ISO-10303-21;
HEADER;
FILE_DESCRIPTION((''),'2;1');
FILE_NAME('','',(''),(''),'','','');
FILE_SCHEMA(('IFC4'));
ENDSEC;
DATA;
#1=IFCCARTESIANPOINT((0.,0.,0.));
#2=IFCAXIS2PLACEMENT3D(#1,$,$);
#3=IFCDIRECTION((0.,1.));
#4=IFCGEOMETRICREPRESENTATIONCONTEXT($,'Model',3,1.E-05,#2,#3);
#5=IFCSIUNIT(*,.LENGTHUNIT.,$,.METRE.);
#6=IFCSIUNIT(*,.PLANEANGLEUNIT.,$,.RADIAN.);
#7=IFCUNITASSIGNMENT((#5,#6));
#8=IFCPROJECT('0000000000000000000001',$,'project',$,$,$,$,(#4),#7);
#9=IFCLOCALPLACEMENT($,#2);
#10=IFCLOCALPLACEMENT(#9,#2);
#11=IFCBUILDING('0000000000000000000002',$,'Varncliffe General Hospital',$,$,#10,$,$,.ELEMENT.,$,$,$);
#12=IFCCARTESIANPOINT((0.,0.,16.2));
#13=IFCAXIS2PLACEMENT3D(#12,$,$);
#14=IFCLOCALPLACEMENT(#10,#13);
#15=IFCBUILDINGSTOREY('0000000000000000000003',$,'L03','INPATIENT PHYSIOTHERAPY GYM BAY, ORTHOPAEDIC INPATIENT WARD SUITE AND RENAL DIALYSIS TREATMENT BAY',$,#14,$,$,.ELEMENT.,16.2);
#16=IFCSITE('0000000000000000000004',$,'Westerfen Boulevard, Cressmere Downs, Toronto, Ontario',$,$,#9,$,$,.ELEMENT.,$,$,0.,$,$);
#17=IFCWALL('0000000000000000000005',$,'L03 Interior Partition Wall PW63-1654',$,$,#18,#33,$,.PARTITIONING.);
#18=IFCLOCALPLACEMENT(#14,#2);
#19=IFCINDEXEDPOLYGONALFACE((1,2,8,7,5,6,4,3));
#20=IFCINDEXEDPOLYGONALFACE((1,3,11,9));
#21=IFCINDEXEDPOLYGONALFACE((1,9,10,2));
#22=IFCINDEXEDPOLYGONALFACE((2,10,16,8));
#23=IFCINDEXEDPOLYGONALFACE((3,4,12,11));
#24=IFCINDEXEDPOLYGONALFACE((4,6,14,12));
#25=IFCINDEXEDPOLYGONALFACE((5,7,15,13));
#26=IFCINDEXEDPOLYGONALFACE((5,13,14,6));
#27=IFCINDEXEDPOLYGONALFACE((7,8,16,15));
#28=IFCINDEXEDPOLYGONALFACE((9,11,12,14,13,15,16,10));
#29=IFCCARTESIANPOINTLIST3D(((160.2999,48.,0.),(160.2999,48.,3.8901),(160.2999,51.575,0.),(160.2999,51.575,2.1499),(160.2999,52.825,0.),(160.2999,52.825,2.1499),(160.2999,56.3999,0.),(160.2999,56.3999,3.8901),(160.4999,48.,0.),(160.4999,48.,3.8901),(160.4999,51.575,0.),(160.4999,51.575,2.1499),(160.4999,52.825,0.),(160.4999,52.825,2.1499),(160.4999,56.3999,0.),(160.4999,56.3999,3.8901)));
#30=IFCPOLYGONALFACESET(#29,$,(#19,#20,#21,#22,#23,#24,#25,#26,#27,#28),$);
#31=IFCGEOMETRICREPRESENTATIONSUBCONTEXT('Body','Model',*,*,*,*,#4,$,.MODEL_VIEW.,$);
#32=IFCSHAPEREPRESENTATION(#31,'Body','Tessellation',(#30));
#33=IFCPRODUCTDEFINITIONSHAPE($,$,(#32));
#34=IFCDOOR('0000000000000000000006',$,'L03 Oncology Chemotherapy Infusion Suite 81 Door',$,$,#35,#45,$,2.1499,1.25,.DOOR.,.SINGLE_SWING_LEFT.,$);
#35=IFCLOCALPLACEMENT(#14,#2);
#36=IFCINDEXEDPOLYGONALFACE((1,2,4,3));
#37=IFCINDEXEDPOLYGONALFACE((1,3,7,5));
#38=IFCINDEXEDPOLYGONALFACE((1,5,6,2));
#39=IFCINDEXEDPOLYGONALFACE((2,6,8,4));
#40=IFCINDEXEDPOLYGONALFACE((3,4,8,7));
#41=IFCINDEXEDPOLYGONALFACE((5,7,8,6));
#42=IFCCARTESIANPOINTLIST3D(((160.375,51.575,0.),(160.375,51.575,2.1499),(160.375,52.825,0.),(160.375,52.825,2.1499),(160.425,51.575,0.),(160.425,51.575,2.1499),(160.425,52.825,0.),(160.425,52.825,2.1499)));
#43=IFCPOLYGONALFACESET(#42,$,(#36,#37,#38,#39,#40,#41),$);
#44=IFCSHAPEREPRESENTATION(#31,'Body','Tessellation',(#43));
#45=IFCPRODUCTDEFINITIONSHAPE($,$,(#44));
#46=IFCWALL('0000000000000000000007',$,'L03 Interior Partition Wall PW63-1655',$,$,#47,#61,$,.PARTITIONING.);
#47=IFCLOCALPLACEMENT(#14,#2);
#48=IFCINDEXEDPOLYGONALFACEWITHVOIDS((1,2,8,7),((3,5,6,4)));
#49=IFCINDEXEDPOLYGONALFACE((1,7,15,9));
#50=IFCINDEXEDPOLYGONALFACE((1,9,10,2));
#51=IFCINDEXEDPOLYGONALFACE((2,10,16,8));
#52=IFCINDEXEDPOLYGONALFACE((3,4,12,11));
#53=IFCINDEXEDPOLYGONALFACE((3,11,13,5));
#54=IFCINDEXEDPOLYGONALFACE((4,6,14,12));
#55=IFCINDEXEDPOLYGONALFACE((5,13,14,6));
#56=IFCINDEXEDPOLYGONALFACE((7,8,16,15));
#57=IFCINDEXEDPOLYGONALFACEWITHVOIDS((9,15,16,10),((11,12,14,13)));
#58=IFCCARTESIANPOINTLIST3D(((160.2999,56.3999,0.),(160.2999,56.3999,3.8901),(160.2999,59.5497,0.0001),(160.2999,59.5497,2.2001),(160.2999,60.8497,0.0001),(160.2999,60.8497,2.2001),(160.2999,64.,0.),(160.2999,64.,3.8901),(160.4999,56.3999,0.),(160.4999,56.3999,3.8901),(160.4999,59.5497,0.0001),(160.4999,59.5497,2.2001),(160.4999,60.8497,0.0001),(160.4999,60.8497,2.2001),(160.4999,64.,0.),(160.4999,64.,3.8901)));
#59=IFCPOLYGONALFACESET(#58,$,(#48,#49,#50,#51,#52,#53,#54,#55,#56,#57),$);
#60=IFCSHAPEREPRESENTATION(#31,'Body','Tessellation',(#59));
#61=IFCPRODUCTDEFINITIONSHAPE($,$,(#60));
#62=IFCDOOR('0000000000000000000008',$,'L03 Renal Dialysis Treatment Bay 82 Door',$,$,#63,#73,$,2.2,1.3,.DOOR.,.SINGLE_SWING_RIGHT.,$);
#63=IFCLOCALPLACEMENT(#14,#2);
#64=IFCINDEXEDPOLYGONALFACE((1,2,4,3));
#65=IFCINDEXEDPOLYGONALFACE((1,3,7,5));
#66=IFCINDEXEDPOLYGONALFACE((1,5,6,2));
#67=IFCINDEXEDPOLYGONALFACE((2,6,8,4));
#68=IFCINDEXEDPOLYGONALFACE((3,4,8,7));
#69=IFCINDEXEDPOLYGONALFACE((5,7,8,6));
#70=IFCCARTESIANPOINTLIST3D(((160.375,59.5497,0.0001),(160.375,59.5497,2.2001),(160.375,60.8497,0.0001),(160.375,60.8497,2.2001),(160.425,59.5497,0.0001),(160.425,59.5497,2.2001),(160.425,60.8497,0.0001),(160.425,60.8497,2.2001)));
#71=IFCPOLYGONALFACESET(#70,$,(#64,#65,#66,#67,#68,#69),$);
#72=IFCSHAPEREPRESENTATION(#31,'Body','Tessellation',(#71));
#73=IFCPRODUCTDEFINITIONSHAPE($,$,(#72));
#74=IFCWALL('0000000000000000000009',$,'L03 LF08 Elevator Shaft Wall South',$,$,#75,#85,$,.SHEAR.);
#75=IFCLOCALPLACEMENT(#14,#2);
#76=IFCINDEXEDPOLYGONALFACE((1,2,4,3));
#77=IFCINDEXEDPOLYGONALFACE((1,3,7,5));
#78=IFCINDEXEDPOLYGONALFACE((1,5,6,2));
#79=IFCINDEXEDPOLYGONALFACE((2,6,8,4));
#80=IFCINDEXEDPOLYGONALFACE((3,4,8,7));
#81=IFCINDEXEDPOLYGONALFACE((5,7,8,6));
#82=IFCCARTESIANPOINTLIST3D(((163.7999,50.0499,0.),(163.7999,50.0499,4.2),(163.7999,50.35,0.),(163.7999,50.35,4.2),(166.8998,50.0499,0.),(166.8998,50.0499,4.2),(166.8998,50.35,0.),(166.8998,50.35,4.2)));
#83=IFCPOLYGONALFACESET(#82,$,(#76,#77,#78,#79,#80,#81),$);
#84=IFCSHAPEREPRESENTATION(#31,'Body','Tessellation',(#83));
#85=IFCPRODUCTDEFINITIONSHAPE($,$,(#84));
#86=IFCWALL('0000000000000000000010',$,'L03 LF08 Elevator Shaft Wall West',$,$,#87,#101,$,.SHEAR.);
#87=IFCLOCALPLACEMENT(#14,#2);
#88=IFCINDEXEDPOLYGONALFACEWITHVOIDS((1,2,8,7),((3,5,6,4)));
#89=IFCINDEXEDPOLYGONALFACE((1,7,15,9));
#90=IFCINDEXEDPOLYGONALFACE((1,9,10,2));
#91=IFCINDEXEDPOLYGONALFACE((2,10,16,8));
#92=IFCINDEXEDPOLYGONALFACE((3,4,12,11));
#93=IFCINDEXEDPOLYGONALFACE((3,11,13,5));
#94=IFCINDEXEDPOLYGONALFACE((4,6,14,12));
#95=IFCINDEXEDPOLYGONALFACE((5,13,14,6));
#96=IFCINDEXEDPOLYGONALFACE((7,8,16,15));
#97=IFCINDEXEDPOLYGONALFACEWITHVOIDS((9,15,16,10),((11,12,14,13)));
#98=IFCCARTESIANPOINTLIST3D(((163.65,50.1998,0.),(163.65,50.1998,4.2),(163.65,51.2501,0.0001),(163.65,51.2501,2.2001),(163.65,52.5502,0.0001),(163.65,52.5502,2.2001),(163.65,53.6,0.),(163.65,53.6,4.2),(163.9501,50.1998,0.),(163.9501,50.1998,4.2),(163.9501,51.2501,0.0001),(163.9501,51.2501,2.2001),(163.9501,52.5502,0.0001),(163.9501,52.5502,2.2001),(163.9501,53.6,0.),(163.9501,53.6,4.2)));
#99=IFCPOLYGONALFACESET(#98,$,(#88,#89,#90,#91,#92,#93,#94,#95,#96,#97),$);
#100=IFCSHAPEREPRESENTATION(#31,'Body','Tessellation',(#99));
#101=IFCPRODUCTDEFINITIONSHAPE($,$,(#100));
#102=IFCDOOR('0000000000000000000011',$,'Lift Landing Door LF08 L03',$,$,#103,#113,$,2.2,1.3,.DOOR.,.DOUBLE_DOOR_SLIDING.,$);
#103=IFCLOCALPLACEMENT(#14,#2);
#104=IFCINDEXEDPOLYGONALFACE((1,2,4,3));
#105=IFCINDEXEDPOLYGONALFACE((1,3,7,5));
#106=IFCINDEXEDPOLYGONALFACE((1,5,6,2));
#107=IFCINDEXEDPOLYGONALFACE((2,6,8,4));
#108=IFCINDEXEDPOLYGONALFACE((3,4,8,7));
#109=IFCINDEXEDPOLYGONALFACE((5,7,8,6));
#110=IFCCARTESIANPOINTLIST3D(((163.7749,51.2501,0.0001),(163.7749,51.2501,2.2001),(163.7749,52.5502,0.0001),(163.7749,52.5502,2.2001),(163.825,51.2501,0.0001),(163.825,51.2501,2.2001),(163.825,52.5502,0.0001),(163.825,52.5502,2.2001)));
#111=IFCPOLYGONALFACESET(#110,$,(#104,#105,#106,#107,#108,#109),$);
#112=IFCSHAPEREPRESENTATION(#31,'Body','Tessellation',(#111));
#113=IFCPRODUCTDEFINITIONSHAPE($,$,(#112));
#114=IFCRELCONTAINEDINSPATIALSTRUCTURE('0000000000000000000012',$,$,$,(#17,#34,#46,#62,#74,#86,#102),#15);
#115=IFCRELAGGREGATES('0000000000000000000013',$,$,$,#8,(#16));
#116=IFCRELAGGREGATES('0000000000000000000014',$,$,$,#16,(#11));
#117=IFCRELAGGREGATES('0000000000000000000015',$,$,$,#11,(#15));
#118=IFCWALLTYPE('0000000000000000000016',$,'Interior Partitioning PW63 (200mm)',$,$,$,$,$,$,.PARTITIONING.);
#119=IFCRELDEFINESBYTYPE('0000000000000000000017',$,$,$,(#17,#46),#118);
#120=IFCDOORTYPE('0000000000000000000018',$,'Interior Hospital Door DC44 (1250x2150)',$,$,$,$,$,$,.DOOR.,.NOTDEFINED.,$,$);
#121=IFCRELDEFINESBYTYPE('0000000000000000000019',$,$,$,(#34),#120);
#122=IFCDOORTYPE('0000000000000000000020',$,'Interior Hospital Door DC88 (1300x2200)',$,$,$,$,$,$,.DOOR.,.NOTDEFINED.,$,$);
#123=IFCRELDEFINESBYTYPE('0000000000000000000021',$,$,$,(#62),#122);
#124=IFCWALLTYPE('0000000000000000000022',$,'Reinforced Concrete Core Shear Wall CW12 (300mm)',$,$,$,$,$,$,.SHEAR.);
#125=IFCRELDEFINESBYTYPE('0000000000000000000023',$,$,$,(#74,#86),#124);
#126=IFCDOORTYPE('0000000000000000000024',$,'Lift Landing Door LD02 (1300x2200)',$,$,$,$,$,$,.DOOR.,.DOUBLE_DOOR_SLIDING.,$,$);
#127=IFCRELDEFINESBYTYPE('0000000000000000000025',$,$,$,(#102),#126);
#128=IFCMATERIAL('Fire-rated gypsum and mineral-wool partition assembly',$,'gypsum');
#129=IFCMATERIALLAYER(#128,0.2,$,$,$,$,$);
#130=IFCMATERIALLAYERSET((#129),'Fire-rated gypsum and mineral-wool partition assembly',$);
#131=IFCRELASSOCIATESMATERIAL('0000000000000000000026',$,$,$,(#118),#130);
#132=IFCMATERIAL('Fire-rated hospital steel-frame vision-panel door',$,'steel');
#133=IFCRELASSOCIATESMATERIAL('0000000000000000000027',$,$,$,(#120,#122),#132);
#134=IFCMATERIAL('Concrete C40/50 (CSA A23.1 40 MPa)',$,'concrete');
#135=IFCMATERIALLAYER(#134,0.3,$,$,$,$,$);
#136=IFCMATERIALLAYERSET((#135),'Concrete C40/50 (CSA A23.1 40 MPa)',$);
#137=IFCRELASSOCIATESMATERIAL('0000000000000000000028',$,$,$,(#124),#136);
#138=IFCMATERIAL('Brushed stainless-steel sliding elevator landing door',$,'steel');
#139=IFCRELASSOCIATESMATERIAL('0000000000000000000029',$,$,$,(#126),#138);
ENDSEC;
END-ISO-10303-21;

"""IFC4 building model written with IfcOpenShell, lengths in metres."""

from ifc_helpers import new_model, si_unit, direction, frame, frame_2d, origin, place, context, subcontext, project, spatial, rectangle, extrude, material, layer, layer_set, type_object, element, fill, save


model = new_model("IFC4")

# Units and contexts
model_context = context("Model", 3, precision=1e-05, world=origin(), true_north=direction((0.0, 1.0)))
body_context = subcontext(model_context, "Body", "Model", "MODEL_VIEW")
ifc_project = project(units=[si_unit("LENGTHUNIT", "METRE"), si_unit("PLANEANGLEUNIT", "RADIAN")], contexts=[model_context])

# Site, building, storey
site_placement = place(None, origin())
site = spatial("IfcSite", under=ifc_project, at=site_placement, Name="Westerfen Boulevard, Cressmere Downs, Toronto, Ontario", CompositionType="ELEMENT", RefElevation=0.0)
building_placement = place(site_placement, origin())
building = spatial("IfcBuilding", under=site, at=building_placement, Name="Varncliffe General Hospital", CompositionType="ELEMENT")
storey_placement = place(building_placement, frame((0.0, 0.0, 16.2)))
storey = spatial("IfcBuildingStorey", under=building, at=storey_placement, Name="L03", Description="INPATIENT PHYSIOTHERAPY GYM BAY, ORTHOPAEDIC INPATIENT WARD SUITE AND RENAL DIALYSIS TREATMENT BAY", CompositionType="ELEMENT", Elevation=16.2)

# Shared definitions
ifc_material_1 = material(Name="Concrete C40/50 (CSA A23.1 40 MPa)", Category="concrete")

# Walls, openings, doors
ifc_material_2 = material(Name="Fire-rated gypsum and mineral-wool partition assembly", Category="gypsum")
ifc_layer_1 = layer(ifc_material_2, 0.2)
ifc_layer_set_1 = layer_set([ifc_layer_1], Name="Fire-rated gypsum and mineral-wool partition assembly")
wall_type_1 = type_object("IfcWallType", Name="Interior Partitioning PW63 (200mm)", PredefinedType="PARTITIONING", material=ifc_layer_set_1)
wall_1_placement = place(storey_placement, frame((160.3999, 48.0, 0.0), z_axis=(0.0, 0.0, 1.0), x_axis=(0.0, 1.0, 0.0)))
wall_1 = element("IfcWall", 1, at=wall_1_placement, inside=storey, type_object=wall_type_1, Name="L03 Interior Partition Wall PW63-1654", PredefinedType="PARTITIONING", context=body_context, shape_type="SweptSolid", body=[
    extrude(rectangle(XDim=8.3999, YDim=0.2, at=frame_2d((4.2, 0.0))), origin(), (0.0, 0.0, 1.0), 3.8901),
])
opening_1_placement = place(wall_1_placement, frame((3.575, 0.0, 0.0)))
opening_1 = element("IfcOpeningElement", 2, at=opening_1_placement, cuts=wall_1, PredefinedType="OPENING", context=body_context, shape_type="SweptSolid", body=[
    extrude(rectangle(XDim=1.25, YDim=2.1499, at=frame_2d((0.625, 1.075))), frame((0.0, 0.1099, 0.0), z_axis=(0.0, -1.0, 0.0), x_axis=(1.0, 0.0, 0.0)), (0.0, 0.0, 1.0), 0.22),
])
ifc_material_3 = material(Name="Fire-rated hospital steel-frame vision-panel door", Category="steel")
door_type_1 = type_object("IfcDoorType", Name="Interior Hospital Door DC44 (1250x2150)", OperationType="NOTDEFINED", PredefinedType="DOOR", material=ifc_material_3)
door_1_placement = place(opening_1_placement, origin())
door_1 = element("IfcDoor", 3, at=door_1_placement, inside=storey, type_object=door_type_1, Name="L03 Oncology Chemotherapy Infusion Suite 81 Door", OperationType="SINGLE_SWING_LEFT", OverallHeight=2.1499, OverallWidth=1.25, PredefinedType="DOOR", context=body_context, shape_type="SweptSolid", body=[
    extrude(rectangle(XDim=1.25, YDim=2.1499, at=frame_2d((0.625, 1.075))), frame((0.0, 0.0249, 0.0), z_axis=(0.0, -1.0, 0.0), x_axis=(1.0, 0.0, 0.0)), (0.0, 0.0, 1.0), 0.05),
])
fill(opening_1, door_1)
wall_2_placement = place(storey_placement, frame((160.3999, 56.3999, 0.0), z_axis=(0.0, 0.0, 1.0), x_axis=(0.0, 1.0, 0.0)))
wall_2 = element("IfcWall", 4, at=wall_2_placement, inside=storey, type_object=wall_type_1, Name="L03 Interior Partition Wall PW63-1655", PredefinedType="PARTITIONING", context=body_context, shape_type="SweptSolid", body=[
    extrude(rectangle(XDim=7.6001, YDim=0.2, at=frame_2d((3.8, 0.0))), origin(), (0.0, 0.0, 1.0), 3.8901),
])
opening_2_placement = place(wall_2_placement, frame((3.1499, 0.0, 0.0)))
opening_2 = element("IfcOpeningElement", 5, at=opening_2_placement, cuts=wall_2, PredefinedType="OPENING", context=body_context, shape_type="SweptSolid", body=[
    extrude(rectangle(XDim=1.3, YDim=2.2, at=frame_2d((0.6499, 1.1001))), frame((0.0, 0.1099, 0.0), z_axis=(0.0, -1.0, 0.0), x_axis=(1.0, 0.0, 0.0)), (0.0, 0.0, 1.0), 0.22),
])
door_type_2 = type_object("IfcDoorType", Name="Interior Hospital Door DC88 (1300x2200)", OperationType="NOTDEFINED", PredefinedType="DOOR", material=ifc_material_3)
door_2_placement = place(opening_2_placement, origin())
door_2 = element("IfcDoor", 6, at=door_2_placement, inside=storey, type_object=door_type_2, Name="L03 Renal Dialysis Treatment Bay 82 Door", OperationType="SINGLE_SWING_RIGHT", OverallHeight=2.2, OverallWidth=1.3, PredefinedType="DOOR", context=body_context, shape_type="SweptSolid", body=[
    extrude(rectangle(XDim=1.3, YDim=2.2, at=frame_2d((0.6499, 1.1001))), frame((0.0, 0.0249, 0.0), z_axis=(0.0, -1.0, 0.0), x_axis=(1.0, 0.0, 0.0)), (0.0, 0.0, 1.0), 0.05),
])
fill(opening_2, door_2)

# Wall
ifc_layer_2 = layer(ifc_material_1, 0.3)
ifc_layer_set_2 = layer_set([ifc_layer_2], Name="Concrete C40/50 (CSA A23.1 40 MPa)")
wall_type_2 = type_object("IfcWallType", Name="Reinforced Concrete Core Shear Wall CW12 (300mm)", PredefinedType="SHEAR", material=ifc_layer_set_2)
wall_3_placement = place(storey_placement, frame((163.8, 50.2, 0.0), z_axis=(0.0, 0.0, 1.0), x_axis=(1.0, 0.0, 0.0)))
element("IfcWall", 7, at=wall_3_placement, inside=storey, type_object=wall_type_2, Name="L03 LF08 Elevator Shaft Wall South", PredefinedType="SHEAR", context=body_context, shape_type="SweptSolid", body=[
    extrude(rectangle(XDim=3.0999, YDim=0.3, at=frame_2d((1.5498, 0.0))), origin(), (0.0, 0.0, 1.0), 4.2),
])

# Wall, opening, door
wall_4_placement = place(storey_placement, frame((163.8, 53.6001, 0.0), z_axis=(0.0, 0.0, 1.0), x_axis=(0.0, -1.0, 0.0)))
wall_4 = element("IfcWall", 8, at=wall_4_placement, inside=storey, type_object=wall_type_2, Name="L03 LF08 Elevator Shaft Wall West", PredefinedType="SHEAR", context=body_context, shape_type="SweptSolid", body=[
    extrude(rectangle(XDim=3.4001, YDim=0.3, at=frame_2d((1.7002, 0.0))), origin(), (0.0, 0.0, 1.0), 4.2),
])
opening_3_placement = place(wall_4_placement, frame((1.05, 0.0, 0.0)))
opening_3 = element("IfcOpeningElement", 9, at=opening_3_placement, cuts=wall_4, PredefinedType="OPENING", context=body_context, shape_type="SweptSolid", body=[
    extrude(rectangle(XDim=1.3, YDim=2.2, at=frame_2d((0.6499, 1.1001))), frame((0.0, 0.1602, 0.0), z_axis=(0.0, -1.0, 0.0), x_axis=(1.0, 0.0, 0.0)), (0.0, 0.0, 1.0), 0.3201),
])
ifc_material_4 = material(Name="Brushed stainless-steel sliding elevator landing door", Category="steel")
door_type_3 = type_object("IfcDoorType", Name="Lift Landing Door LD02 (1300x2200)", OperationType="DOUBLE_DOOR_SLIDING", PredefinedType="DOOR", material=ifc_material_4)
door_3_placement = place(opening_3_placement, origin())
door_3 = element("IfcDoor", 10, at=door_3_placement, inside=storey, type_object=door_type_3, Name="Lift Landing Door LF08 L03", OperationType="DOUBLE_DOOR_SLIDING", OverallHeight=2.2, OverallWidth=1.3, PredefinedType="DOOR", context=body_context, shape_type="SweptSolid", body=[
    extrude(rectangle(XDim=1.3, YDim=2.2, at=frame_2d((0.6499, 1.1001))), frame((0.0, 0.0249, 0.0), z_axis=(0.0, -1.0, 0.0), x_axis=(1.0, 0.0, 0.0)), (0.0, 0.0, 1.0), 0.05),
])
fill(opening_3, door_3)

save(model, "model.ifc")
